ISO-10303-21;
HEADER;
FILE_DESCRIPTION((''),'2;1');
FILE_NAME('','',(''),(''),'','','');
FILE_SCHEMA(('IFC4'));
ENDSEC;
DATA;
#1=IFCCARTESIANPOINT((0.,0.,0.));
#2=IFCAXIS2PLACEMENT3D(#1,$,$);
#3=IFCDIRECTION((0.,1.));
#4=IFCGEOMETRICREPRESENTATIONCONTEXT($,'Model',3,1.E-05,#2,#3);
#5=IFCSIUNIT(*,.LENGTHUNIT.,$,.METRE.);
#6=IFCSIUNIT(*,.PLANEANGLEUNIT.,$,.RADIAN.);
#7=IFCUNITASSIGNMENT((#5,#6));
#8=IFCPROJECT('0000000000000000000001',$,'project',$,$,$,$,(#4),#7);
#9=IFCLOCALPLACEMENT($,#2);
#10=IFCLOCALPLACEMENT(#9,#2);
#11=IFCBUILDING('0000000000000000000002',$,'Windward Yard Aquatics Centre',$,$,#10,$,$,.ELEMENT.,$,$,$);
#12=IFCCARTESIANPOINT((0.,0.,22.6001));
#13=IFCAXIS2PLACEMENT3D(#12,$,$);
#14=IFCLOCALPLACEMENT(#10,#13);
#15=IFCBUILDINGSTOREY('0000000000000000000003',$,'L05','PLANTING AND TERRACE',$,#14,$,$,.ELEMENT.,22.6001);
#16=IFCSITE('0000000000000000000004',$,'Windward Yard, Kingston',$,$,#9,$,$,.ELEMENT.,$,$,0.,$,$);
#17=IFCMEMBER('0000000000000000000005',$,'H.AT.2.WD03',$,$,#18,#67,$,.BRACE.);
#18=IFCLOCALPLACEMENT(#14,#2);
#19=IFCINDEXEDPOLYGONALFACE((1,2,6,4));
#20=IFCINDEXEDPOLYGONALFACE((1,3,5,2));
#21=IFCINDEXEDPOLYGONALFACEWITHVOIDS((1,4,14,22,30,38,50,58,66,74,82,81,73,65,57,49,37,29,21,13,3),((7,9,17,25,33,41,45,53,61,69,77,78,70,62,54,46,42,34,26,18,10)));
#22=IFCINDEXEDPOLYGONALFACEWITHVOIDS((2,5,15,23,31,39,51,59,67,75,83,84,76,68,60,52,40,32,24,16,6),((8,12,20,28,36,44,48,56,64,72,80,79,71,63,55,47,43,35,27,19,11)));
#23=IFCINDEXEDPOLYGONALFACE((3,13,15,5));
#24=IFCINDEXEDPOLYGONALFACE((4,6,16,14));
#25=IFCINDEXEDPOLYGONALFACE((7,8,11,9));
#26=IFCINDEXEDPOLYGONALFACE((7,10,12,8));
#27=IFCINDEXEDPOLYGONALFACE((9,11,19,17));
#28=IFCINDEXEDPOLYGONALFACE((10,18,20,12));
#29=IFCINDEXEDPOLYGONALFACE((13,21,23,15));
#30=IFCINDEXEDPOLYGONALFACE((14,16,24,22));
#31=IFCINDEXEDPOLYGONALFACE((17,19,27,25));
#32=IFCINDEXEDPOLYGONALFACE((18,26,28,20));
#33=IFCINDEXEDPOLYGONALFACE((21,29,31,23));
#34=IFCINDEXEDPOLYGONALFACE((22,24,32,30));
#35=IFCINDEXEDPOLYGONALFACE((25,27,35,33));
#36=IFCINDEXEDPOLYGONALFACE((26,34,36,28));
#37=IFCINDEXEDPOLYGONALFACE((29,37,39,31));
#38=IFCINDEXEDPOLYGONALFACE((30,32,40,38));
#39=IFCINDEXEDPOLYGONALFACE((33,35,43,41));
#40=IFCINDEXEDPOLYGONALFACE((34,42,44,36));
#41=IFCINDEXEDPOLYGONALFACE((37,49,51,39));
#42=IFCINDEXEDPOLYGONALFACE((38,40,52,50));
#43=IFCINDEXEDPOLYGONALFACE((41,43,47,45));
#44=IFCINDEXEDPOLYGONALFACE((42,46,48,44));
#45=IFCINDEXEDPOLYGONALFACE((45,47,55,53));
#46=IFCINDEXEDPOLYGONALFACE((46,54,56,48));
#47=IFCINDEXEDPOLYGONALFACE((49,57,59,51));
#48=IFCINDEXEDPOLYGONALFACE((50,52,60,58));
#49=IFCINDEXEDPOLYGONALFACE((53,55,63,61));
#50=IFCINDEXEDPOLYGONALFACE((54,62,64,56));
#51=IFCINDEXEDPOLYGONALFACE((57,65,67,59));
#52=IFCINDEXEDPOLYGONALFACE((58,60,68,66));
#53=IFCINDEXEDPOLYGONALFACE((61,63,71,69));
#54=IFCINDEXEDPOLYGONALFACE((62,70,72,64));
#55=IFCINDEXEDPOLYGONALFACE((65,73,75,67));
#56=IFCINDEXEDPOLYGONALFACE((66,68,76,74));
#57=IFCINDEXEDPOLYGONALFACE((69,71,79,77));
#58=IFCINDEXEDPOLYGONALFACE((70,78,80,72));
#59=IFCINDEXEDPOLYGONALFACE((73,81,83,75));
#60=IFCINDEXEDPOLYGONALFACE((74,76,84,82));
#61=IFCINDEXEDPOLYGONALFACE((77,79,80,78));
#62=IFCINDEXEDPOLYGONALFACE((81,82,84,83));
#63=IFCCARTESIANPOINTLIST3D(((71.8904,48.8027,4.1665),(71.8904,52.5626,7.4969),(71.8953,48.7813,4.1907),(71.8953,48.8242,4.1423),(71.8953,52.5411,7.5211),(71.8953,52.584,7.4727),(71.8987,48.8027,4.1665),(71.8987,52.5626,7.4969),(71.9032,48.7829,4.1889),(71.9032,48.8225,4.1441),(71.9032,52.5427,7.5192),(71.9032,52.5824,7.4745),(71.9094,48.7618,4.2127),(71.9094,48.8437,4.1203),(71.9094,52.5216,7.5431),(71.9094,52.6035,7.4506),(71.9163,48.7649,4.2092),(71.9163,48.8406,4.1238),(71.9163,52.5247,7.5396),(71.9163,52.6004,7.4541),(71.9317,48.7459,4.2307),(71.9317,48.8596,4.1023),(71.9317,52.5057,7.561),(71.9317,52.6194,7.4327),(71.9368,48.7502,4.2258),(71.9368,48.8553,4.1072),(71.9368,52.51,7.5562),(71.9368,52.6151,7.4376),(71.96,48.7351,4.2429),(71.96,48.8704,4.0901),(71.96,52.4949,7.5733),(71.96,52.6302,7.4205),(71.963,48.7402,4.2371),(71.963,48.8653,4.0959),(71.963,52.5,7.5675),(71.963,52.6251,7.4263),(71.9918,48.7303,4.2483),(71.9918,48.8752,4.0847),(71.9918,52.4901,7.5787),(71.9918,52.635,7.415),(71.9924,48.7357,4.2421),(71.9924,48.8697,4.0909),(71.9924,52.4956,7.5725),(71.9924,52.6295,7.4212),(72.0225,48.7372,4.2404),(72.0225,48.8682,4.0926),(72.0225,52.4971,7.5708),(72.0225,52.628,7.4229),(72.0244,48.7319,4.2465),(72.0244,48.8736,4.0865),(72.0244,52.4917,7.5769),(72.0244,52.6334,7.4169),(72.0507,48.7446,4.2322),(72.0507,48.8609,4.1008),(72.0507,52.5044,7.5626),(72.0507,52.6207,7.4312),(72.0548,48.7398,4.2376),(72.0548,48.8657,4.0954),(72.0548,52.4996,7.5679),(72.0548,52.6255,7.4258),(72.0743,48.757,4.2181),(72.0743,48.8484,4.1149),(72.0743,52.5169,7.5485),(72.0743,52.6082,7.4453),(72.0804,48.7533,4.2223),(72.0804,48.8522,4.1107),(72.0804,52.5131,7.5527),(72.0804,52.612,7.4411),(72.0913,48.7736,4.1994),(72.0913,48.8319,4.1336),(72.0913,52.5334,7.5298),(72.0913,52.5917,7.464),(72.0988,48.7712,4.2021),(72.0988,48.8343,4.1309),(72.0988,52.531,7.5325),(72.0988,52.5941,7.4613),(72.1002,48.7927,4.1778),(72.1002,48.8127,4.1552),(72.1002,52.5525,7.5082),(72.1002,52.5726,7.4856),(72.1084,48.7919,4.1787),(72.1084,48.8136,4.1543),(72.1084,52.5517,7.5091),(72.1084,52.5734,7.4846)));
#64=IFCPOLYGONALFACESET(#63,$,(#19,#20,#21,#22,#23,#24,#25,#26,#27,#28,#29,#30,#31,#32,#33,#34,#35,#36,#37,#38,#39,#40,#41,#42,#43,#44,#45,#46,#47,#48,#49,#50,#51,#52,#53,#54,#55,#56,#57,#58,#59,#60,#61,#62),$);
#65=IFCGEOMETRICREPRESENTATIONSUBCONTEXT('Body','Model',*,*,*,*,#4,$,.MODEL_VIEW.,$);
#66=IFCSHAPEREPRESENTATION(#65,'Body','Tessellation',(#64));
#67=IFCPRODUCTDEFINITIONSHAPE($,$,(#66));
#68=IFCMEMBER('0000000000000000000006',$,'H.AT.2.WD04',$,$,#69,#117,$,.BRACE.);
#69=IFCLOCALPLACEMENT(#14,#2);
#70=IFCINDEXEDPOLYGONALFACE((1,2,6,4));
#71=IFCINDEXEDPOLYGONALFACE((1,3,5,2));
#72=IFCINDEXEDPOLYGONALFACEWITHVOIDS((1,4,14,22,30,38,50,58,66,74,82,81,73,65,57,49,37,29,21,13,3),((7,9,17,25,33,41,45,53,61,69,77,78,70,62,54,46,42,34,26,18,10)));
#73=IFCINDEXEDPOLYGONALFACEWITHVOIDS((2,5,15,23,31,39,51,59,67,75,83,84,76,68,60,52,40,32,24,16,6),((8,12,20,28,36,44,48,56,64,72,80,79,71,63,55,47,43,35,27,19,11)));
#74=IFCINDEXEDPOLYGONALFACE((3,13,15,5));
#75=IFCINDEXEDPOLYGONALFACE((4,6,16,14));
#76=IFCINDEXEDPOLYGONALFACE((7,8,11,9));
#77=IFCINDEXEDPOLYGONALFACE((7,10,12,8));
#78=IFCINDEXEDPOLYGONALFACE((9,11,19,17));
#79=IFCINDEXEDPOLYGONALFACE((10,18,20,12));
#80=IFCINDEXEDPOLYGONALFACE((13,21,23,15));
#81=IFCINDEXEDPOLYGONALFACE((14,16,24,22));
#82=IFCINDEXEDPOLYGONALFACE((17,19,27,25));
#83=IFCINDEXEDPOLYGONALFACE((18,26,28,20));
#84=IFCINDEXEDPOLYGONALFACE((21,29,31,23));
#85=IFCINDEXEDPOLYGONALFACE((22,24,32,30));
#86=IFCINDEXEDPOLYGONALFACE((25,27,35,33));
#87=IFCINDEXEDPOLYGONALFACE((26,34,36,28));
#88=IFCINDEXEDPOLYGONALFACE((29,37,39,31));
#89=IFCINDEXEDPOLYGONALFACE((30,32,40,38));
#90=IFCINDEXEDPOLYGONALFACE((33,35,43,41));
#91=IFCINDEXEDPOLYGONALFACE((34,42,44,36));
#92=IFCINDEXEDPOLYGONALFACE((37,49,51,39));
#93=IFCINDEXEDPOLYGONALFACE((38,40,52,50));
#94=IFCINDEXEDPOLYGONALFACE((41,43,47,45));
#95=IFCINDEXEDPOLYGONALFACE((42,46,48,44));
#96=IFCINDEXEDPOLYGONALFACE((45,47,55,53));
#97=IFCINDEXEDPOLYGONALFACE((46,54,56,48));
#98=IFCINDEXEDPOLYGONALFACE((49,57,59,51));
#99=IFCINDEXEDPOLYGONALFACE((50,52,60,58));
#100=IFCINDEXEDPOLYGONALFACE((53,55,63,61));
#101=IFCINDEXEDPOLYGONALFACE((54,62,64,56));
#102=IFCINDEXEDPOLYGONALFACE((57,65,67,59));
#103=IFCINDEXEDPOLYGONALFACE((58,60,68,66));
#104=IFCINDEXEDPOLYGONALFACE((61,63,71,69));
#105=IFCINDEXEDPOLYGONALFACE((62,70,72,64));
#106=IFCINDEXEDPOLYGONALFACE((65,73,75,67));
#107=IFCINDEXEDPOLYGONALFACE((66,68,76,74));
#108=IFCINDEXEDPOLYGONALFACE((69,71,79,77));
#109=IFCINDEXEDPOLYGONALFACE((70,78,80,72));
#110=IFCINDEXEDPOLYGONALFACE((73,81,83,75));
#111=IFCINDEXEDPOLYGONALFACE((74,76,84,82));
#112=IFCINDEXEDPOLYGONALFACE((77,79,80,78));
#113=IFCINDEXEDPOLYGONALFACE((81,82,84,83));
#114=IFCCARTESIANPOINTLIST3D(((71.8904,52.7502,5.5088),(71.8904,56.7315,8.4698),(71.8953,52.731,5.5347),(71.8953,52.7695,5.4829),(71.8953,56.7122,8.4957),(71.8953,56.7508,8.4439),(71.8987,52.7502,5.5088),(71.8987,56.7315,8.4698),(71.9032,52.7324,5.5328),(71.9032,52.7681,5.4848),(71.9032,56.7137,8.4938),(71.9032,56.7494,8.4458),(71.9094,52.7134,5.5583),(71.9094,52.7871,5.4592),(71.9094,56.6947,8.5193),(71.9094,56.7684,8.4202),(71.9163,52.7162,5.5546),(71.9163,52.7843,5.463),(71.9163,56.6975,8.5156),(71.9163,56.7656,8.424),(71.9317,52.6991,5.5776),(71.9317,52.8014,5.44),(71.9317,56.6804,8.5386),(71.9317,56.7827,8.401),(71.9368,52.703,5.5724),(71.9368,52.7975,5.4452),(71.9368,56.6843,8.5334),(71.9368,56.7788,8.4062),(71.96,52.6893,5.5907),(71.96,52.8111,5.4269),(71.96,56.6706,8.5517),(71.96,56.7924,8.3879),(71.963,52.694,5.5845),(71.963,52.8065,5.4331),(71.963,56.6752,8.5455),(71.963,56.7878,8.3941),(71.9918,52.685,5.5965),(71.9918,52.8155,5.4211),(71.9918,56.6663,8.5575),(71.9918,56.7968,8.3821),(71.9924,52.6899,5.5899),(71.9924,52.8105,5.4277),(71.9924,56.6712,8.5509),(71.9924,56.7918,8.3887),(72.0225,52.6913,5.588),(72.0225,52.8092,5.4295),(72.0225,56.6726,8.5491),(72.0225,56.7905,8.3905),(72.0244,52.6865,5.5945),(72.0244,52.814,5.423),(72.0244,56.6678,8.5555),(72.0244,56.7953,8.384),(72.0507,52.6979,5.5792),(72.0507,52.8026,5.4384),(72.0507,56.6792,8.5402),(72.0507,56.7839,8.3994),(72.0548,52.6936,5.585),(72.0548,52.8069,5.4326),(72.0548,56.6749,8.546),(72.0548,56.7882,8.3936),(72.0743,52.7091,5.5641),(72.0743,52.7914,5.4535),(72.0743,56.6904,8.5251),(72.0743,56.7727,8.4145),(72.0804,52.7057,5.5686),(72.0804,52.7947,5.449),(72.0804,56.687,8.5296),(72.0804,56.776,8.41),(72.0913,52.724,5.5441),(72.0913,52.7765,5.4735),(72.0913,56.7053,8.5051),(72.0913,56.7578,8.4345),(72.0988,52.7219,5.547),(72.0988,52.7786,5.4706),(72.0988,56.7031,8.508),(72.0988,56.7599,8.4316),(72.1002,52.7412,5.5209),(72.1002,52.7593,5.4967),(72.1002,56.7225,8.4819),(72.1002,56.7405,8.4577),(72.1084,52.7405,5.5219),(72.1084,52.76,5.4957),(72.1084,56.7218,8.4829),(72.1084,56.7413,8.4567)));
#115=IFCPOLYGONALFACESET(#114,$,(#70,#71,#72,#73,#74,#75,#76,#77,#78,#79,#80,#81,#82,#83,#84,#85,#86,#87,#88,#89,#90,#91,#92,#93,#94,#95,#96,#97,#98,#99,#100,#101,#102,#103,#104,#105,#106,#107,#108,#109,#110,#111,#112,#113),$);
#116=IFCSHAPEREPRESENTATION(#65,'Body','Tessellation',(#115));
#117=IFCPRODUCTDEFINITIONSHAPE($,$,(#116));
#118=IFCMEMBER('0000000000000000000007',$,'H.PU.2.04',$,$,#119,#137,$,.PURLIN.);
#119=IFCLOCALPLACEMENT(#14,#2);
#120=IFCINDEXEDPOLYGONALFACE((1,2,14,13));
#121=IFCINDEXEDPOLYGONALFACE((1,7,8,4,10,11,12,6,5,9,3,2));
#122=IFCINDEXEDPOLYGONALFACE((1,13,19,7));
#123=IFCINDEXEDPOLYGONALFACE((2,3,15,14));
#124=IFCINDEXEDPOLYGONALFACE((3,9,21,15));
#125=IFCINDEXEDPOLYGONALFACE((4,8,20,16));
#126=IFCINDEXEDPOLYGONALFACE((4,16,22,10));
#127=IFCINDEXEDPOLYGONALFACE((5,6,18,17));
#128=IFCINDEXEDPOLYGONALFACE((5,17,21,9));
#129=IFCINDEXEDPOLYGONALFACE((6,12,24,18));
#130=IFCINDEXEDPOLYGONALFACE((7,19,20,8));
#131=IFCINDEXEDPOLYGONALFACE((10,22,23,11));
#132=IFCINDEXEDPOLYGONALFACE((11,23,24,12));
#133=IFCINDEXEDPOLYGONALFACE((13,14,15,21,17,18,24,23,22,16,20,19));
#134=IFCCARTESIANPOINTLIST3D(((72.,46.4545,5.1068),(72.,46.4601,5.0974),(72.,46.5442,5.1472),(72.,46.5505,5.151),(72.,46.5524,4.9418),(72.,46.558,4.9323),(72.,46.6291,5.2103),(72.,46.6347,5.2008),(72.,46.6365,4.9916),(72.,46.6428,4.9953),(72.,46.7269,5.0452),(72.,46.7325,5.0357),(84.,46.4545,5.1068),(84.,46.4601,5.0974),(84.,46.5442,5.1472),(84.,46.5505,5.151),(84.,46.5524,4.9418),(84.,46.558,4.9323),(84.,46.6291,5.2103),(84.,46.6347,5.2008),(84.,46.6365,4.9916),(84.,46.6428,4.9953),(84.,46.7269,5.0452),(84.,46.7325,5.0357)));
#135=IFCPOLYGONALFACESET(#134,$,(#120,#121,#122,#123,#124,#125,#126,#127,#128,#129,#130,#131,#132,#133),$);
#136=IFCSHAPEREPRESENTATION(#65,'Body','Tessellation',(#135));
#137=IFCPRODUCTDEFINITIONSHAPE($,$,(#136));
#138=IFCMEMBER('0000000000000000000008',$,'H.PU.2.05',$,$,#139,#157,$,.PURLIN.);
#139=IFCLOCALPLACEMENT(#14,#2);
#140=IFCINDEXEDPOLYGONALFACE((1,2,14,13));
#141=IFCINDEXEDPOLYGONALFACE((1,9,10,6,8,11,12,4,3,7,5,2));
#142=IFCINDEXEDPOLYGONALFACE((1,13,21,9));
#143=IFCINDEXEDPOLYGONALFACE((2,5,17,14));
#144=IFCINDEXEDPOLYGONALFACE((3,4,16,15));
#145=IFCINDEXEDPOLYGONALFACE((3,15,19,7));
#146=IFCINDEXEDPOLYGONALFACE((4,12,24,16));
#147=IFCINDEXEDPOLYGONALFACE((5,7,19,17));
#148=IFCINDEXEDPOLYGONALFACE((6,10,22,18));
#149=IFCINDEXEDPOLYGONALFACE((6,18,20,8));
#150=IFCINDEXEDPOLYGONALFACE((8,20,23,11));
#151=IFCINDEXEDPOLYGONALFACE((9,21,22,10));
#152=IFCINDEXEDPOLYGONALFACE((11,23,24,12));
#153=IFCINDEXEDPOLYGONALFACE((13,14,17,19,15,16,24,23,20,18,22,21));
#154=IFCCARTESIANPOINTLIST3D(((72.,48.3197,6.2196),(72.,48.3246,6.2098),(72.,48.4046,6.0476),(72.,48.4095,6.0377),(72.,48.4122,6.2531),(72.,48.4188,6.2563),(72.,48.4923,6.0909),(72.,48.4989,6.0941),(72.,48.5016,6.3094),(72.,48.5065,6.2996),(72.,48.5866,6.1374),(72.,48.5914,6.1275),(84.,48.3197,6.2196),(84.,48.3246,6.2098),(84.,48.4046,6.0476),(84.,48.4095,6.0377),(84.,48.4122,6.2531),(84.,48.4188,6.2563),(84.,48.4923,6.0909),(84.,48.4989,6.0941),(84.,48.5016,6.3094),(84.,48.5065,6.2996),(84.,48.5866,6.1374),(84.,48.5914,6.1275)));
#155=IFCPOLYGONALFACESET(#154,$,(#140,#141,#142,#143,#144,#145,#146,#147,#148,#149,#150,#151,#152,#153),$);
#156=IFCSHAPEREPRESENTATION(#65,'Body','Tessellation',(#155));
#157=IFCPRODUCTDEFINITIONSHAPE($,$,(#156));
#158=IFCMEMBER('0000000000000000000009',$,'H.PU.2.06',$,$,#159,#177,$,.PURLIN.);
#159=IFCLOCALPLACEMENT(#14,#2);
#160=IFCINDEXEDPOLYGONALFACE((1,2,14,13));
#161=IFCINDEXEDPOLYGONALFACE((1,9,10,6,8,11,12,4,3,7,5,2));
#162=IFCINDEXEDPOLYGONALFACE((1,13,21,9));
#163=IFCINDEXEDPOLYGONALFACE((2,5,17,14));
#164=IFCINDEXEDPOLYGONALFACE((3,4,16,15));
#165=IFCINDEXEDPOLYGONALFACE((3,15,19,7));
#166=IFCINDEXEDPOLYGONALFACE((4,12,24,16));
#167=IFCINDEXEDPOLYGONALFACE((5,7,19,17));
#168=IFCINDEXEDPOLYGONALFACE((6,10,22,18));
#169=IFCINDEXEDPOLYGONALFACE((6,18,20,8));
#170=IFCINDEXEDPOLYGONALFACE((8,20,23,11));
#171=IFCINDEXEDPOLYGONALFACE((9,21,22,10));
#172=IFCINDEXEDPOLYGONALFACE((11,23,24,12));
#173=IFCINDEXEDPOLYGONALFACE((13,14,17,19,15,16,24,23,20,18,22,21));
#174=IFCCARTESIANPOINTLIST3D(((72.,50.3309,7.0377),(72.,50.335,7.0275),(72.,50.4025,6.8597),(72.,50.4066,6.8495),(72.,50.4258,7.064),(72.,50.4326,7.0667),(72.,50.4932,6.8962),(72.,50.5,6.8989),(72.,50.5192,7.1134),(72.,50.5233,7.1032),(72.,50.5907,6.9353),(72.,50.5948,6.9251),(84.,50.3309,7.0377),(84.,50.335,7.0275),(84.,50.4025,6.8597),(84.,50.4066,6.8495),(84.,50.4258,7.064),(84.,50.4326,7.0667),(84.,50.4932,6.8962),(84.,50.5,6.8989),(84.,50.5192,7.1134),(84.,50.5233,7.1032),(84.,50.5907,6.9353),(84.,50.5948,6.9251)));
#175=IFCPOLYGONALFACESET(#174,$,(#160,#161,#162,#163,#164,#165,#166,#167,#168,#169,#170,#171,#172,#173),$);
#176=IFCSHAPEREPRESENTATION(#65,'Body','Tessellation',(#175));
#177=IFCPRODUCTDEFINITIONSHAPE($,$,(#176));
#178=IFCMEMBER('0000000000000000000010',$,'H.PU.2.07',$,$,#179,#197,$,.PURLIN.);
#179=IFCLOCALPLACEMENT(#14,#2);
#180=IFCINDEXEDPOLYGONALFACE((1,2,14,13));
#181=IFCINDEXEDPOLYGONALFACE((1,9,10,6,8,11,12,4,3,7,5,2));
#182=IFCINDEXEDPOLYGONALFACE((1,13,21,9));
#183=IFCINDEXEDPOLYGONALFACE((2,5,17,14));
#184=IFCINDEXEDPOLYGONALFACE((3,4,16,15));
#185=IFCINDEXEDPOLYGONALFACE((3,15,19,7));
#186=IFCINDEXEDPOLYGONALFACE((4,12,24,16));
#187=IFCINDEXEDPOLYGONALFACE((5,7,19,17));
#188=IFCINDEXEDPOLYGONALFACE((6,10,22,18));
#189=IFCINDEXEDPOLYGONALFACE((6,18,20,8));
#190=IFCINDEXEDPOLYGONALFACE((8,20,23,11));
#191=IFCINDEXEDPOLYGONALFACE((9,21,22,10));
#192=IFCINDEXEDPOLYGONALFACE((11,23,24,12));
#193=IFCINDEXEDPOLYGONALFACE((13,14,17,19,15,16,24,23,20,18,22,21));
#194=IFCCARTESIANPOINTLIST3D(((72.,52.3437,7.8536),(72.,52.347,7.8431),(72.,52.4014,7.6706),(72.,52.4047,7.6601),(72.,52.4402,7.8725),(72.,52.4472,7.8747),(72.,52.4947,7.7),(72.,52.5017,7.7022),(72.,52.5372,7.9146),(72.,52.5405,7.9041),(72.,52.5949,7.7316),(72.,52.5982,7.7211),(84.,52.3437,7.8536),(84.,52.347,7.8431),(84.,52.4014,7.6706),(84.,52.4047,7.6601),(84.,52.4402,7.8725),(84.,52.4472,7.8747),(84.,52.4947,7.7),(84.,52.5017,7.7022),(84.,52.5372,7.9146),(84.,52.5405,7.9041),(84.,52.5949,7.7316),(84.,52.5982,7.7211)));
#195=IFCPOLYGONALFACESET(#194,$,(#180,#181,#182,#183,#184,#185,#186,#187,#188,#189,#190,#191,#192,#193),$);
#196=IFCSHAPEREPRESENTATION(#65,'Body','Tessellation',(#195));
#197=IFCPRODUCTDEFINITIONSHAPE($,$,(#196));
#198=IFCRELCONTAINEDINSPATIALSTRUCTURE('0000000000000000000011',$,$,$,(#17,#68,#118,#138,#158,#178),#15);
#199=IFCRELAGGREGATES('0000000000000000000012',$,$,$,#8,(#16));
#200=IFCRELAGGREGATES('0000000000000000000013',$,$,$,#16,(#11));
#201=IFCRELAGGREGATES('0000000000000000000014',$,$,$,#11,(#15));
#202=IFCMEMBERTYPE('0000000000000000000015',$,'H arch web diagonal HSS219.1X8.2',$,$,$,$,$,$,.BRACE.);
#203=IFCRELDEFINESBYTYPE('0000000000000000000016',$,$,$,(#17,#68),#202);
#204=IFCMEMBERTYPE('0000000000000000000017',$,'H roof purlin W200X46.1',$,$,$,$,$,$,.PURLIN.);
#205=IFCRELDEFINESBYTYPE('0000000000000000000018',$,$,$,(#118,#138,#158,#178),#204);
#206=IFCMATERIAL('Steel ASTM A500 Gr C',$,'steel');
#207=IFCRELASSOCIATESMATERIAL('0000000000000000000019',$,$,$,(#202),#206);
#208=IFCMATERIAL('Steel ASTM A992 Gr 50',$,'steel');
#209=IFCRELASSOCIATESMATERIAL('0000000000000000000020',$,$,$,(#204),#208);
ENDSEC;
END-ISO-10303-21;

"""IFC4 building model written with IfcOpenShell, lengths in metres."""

from ifc_helpers import new_model, si_unit, direction, frame, origin, origin_2d, place, context, subcontext, project, spatial, hollow_circle, i_section, extrude, material, material_profile, profile_set, type_object, element, save


model = new_model("IFC4")

# Units and contexts
model_context = context("Model", 3, precision=1e-05, world=origin(), true_north=direction((0.0, 1.0)))
body_context = subcontext(model_context, "Body", "Model", "MODEL_VIEW")
ifc_project = project(units=[si_unit("LENGTHUNIT", "METRE"), si_unit("PLANEANGLEUNIT", "RADIAN")], contexts=[model_context])

# Site, building, storey
site_placement = place(None, origin())
site = spatial("IfcSite", under=ifc_project, at=site_placement, Name="Windward Yard, Kingston", CompositionType="ELEMENT", RefElevation=0.0)
building_placement = place(site_placement, origin())
building = spatial("IfcBuilding", under=site, at=building_placement, Name="Windward Yard Aquatics Centre", CompositionType="ELEMENT")
storey_placement = place(building_placement, frame((0.0, 0.0, 22.6001)))
storey = spatial("IfcBuildingStorey", under=building, at=storey_placement, Name="L05", Description="PLANTING AND TERRACE", CompositionType="ELEMENT", Elevation=22.6001)

# Members
ifc_material_1 = material(Name="Steel ASTM A500 Gr C", Category="steel")
ifc_material_profile_1 = material_profile(ifc_material_1, hollow_circle(Radius=0.1096, WallThickness=0.0083, at=origin_2d()), Name="HSS219.1X8.2")
ifc_profile_set_1 = profile_set([ifc_material_profile_1], Name="Steel ASTM A500 Gr C")
member_type_1 = type_object("IfcMemberType", Name="H arch web diagonal HSS219.1X8.2", PredefinedType="BRACE", material=ifc_profile_set_1)
member_1_placement = place(storey_placement, frame((72.0, 48.8027, 4.1665), z_axis=(0.0, 0.748564, 0.663062), x_axis=(-1.0, 0.0, 0.0)))
element("IfcMember", 1, at=member_1_placement, inside=storey, type_object=member_type_1, Name="H.AT.2.WD03", PredefinedType="BRACE", context=body_context, shape_type="SweptSolid", body=[
    extrude(hollow_circle(Radius=0.1096, WallThickness=0.0083, at=origin_2d()), origin(), (0.0, 0.0, 1.0), 5.0227),
])
member_2_placement = place(storey_placement, frame((72.0, 52.7502, 5.5088), z_axis=(0.0, 0.802409, 0.596775), x_axis=(-1.0, 0.0, 0.0)))
element("IfcMember", 2, at=member_2_placement, inside=storey, type_object=member_type_1, Name="H.AT.2.WD04", PredefinedType="BRACE", context=body_context, shape_type="SweptSolid", body=[
    extrude(hollow_circle(Radius=0.1096, WallThickness=0.0083, at=origin_2d()), origin(), (0.0, 0.0, 1.0), 4.9617),
])
ifc_material_2 = material(Name="Steel ASTM A992 Gr 50", Category="steel")
ifc_material_profile_2 = material_profile(ifc_material_2, i_section(OverallWidth=0.2029, OverallDepth=0.2029, WebThickness=0.0073, FlangeThickness=0.011, at=origin_2d()), Name="W200X46.1")
ifc_profile_set_2 = profile_set([ifc_material_profile_2], Name="Steel ASTM A992 Gr 50")
member_type_2 = type_object("IfcMemberType", Name="H roof purlin W200X46.1", PredefinedType="PURLIN", material=ifc_profile_set_2)
for number, where, z_axis, x_axis, name in (
    (3, (72.0, 46.5935, 5.0713), (1.0, 0.0, 0.0), (0.0, 0.86027, 0.509838), "H.PU.2.04"),
    (4, (72.0, 48.4556, 6.1736), (1.0, 0.0, 0.0), (0.0, 0.896687, 0.442665), "H.PU.2.05"),
    (5, (72.0, 50.4629, 6.9814), (1.0, 0.0, 0.0), (0.0, 0.927869, 0.372907), "H.PU.2.06"),
    (6, (72.0, 52.4709, 7.7874), (1.0, 0.0, 0.0), (0.0, 0.953633, 0.300973), "H.PU.2.07"),
):
    element("IfcMember", number, at=place(storey_placement, frame(where, z_axis=z_axis, x_axis=x_axis)), inside=storey, type_object=member_type_2, Name=name, PredefinedType="PURLIN", context=body_context, shape_type="SweptSolid", body=[
        extrude(i_section(OverallWidth=0.2029, OverallDepth=0.2029, WebThickness=0.0073, FlangeThickness=0.011, at=origin_2d()), origin(), (0.0, 0.0, 1.0), 12.0),
    ])

save(model, "model.ifc")
